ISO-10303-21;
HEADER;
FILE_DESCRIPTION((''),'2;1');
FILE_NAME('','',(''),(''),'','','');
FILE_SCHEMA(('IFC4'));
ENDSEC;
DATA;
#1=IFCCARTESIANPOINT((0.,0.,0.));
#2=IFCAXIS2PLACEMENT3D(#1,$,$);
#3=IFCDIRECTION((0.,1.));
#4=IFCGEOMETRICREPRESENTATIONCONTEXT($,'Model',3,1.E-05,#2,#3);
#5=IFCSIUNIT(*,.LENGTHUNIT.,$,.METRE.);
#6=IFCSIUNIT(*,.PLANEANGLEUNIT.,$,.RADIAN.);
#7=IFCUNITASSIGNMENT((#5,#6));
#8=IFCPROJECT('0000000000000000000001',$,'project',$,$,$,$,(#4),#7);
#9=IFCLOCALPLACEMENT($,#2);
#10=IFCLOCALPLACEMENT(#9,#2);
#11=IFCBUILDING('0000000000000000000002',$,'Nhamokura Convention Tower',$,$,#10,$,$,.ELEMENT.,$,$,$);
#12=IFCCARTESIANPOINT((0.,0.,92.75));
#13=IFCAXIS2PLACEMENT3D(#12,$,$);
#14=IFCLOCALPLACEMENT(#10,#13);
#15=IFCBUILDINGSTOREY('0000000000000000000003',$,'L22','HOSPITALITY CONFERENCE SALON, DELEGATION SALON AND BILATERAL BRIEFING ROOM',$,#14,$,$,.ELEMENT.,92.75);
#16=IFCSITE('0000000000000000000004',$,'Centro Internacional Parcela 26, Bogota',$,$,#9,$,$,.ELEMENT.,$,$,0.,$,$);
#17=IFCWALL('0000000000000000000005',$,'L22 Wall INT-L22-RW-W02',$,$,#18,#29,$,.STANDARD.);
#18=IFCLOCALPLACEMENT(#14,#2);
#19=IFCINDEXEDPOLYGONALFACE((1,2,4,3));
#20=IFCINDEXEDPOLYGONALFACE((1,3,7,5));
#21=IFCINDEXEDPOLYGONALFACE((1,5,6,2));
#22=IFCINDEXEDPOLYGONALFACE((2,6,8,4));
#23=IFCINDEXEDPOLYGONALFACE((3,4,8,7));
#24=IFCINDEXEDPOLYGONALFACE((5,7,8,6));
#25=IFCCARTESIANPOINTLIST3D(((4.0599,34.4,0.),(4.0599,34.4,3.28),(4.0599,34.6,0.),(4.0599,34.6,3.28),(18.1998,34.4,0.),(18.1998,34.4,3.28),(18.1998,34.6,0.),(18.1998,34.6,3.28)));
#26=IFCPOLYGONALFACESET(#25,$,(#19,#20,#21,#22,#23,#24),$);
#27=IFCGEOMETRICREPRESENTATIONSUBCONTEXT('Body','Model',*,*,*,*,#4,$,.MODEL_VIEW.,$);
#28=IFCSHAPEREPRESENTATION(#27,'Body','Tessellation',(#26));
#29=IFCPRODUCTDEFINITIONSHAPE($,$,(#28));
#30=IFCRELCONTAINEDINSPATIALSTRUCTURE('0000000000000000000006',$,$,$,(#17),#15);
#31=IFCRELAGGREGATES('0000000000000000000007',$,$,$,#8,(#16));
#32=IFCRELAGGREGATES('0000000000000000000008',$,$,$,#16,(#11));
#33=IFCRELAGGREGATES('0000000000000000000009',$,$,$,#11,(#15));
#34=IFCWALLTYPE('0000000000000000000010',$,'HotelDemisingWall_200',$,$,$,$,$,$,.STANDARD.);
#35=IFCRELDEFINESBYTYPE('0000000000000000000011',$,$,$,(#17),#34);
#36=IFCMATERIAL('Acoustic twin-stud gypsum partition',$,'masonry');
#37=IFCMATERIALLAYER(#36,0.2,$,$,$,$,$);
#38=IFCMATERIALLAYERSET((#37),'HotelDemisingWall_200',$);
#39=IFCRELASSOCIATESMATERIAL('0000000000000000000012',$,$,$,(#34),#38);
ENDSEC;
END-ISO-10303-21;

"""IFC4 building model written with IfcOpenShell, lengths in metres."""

from ifc_helpers import new_model, si_unit, direction, frame, frame_2d, origin, place, context, subcontext, project, spatial, rectangle, extrude, material, layer, layer_set, type_object, element, save


model = new_model("IFC4")

# Units and contexts
model_context = context("Model", 3, precision=1e-05, world=origin(), true_north=direction((0.0, 1.0)))
body_context = subcontext(model_context, "Body", "Model", "MODEL_VIEW")
ifc_project = project(units=[si_unit("LENGTHUNIT", "METRE"), si_unit("PLANEANGLEUNIT", "RADIAN")], contexts=[model_context])

# Site, building, storey
site_placement = place(None, origin())
site = spatial("IfcSite", under=ifc_project, at=site_placement, Name="Centro Internacional Parcela 26, Bogota", CompositionType="ELEMENT", RefElevation=0.0)
building_placement = place(site_placement, origin())
building = spatial("IfcBuilding", under=site, at=building_placement, Name="Nhamokura Convention Tower", CompositionType="ELEMENT")
storey_placement = place(building_placement, frame((0.0, 0.0, 92.75)))
storey = spatial("IfcBuildingStorey", under=building, at=storey_placement, Name="L22", Description="HOSPITALITY CONFERENCE SALON, DELEGATION SALON AND BILATERAL BRIEFING ROOM", CompositionType="ELEMENT", Elevation=92.75)

# Wall
ifc_material_1 = material(Name="Acoustic twin-stud gypsum partition", Category="masonry")
ifc_layer_1 = layer(ifc_material_1, 0.2)
ifc_layer_set_1 = layer_set([ifc_layer_1], Name="HotelDemisingWall_200")
wall_type_1 = type_object("IfcWallType", Name="HotelDemisingWall_200", PredefinedType="STANDARD", material=ifc_layer_set_1)
wall_1_placement = place(storey_placement, frame((4.0601, 34.5, 0.0), z_axis=(0.0, 0.0, 1.0), x_axis=(1.0, 0.0, 0.0)))
element("IfcWall", 1, at=wall_1_placement, inside=storey, type_object=wall_type_1, Name="L22 Wall INT-L22-RW-W02", PredefinedType="STANDARD", context=body_context, shape_type="SweptSolid", body=[
    extrude(rectangle(XDim=14.1399, YDim=0.2, at=frame_2d((7.0698, 0.0))), origin(), (0.0, 0.0, 1.0), 3.28),
])

save(model, "model.ifc")
